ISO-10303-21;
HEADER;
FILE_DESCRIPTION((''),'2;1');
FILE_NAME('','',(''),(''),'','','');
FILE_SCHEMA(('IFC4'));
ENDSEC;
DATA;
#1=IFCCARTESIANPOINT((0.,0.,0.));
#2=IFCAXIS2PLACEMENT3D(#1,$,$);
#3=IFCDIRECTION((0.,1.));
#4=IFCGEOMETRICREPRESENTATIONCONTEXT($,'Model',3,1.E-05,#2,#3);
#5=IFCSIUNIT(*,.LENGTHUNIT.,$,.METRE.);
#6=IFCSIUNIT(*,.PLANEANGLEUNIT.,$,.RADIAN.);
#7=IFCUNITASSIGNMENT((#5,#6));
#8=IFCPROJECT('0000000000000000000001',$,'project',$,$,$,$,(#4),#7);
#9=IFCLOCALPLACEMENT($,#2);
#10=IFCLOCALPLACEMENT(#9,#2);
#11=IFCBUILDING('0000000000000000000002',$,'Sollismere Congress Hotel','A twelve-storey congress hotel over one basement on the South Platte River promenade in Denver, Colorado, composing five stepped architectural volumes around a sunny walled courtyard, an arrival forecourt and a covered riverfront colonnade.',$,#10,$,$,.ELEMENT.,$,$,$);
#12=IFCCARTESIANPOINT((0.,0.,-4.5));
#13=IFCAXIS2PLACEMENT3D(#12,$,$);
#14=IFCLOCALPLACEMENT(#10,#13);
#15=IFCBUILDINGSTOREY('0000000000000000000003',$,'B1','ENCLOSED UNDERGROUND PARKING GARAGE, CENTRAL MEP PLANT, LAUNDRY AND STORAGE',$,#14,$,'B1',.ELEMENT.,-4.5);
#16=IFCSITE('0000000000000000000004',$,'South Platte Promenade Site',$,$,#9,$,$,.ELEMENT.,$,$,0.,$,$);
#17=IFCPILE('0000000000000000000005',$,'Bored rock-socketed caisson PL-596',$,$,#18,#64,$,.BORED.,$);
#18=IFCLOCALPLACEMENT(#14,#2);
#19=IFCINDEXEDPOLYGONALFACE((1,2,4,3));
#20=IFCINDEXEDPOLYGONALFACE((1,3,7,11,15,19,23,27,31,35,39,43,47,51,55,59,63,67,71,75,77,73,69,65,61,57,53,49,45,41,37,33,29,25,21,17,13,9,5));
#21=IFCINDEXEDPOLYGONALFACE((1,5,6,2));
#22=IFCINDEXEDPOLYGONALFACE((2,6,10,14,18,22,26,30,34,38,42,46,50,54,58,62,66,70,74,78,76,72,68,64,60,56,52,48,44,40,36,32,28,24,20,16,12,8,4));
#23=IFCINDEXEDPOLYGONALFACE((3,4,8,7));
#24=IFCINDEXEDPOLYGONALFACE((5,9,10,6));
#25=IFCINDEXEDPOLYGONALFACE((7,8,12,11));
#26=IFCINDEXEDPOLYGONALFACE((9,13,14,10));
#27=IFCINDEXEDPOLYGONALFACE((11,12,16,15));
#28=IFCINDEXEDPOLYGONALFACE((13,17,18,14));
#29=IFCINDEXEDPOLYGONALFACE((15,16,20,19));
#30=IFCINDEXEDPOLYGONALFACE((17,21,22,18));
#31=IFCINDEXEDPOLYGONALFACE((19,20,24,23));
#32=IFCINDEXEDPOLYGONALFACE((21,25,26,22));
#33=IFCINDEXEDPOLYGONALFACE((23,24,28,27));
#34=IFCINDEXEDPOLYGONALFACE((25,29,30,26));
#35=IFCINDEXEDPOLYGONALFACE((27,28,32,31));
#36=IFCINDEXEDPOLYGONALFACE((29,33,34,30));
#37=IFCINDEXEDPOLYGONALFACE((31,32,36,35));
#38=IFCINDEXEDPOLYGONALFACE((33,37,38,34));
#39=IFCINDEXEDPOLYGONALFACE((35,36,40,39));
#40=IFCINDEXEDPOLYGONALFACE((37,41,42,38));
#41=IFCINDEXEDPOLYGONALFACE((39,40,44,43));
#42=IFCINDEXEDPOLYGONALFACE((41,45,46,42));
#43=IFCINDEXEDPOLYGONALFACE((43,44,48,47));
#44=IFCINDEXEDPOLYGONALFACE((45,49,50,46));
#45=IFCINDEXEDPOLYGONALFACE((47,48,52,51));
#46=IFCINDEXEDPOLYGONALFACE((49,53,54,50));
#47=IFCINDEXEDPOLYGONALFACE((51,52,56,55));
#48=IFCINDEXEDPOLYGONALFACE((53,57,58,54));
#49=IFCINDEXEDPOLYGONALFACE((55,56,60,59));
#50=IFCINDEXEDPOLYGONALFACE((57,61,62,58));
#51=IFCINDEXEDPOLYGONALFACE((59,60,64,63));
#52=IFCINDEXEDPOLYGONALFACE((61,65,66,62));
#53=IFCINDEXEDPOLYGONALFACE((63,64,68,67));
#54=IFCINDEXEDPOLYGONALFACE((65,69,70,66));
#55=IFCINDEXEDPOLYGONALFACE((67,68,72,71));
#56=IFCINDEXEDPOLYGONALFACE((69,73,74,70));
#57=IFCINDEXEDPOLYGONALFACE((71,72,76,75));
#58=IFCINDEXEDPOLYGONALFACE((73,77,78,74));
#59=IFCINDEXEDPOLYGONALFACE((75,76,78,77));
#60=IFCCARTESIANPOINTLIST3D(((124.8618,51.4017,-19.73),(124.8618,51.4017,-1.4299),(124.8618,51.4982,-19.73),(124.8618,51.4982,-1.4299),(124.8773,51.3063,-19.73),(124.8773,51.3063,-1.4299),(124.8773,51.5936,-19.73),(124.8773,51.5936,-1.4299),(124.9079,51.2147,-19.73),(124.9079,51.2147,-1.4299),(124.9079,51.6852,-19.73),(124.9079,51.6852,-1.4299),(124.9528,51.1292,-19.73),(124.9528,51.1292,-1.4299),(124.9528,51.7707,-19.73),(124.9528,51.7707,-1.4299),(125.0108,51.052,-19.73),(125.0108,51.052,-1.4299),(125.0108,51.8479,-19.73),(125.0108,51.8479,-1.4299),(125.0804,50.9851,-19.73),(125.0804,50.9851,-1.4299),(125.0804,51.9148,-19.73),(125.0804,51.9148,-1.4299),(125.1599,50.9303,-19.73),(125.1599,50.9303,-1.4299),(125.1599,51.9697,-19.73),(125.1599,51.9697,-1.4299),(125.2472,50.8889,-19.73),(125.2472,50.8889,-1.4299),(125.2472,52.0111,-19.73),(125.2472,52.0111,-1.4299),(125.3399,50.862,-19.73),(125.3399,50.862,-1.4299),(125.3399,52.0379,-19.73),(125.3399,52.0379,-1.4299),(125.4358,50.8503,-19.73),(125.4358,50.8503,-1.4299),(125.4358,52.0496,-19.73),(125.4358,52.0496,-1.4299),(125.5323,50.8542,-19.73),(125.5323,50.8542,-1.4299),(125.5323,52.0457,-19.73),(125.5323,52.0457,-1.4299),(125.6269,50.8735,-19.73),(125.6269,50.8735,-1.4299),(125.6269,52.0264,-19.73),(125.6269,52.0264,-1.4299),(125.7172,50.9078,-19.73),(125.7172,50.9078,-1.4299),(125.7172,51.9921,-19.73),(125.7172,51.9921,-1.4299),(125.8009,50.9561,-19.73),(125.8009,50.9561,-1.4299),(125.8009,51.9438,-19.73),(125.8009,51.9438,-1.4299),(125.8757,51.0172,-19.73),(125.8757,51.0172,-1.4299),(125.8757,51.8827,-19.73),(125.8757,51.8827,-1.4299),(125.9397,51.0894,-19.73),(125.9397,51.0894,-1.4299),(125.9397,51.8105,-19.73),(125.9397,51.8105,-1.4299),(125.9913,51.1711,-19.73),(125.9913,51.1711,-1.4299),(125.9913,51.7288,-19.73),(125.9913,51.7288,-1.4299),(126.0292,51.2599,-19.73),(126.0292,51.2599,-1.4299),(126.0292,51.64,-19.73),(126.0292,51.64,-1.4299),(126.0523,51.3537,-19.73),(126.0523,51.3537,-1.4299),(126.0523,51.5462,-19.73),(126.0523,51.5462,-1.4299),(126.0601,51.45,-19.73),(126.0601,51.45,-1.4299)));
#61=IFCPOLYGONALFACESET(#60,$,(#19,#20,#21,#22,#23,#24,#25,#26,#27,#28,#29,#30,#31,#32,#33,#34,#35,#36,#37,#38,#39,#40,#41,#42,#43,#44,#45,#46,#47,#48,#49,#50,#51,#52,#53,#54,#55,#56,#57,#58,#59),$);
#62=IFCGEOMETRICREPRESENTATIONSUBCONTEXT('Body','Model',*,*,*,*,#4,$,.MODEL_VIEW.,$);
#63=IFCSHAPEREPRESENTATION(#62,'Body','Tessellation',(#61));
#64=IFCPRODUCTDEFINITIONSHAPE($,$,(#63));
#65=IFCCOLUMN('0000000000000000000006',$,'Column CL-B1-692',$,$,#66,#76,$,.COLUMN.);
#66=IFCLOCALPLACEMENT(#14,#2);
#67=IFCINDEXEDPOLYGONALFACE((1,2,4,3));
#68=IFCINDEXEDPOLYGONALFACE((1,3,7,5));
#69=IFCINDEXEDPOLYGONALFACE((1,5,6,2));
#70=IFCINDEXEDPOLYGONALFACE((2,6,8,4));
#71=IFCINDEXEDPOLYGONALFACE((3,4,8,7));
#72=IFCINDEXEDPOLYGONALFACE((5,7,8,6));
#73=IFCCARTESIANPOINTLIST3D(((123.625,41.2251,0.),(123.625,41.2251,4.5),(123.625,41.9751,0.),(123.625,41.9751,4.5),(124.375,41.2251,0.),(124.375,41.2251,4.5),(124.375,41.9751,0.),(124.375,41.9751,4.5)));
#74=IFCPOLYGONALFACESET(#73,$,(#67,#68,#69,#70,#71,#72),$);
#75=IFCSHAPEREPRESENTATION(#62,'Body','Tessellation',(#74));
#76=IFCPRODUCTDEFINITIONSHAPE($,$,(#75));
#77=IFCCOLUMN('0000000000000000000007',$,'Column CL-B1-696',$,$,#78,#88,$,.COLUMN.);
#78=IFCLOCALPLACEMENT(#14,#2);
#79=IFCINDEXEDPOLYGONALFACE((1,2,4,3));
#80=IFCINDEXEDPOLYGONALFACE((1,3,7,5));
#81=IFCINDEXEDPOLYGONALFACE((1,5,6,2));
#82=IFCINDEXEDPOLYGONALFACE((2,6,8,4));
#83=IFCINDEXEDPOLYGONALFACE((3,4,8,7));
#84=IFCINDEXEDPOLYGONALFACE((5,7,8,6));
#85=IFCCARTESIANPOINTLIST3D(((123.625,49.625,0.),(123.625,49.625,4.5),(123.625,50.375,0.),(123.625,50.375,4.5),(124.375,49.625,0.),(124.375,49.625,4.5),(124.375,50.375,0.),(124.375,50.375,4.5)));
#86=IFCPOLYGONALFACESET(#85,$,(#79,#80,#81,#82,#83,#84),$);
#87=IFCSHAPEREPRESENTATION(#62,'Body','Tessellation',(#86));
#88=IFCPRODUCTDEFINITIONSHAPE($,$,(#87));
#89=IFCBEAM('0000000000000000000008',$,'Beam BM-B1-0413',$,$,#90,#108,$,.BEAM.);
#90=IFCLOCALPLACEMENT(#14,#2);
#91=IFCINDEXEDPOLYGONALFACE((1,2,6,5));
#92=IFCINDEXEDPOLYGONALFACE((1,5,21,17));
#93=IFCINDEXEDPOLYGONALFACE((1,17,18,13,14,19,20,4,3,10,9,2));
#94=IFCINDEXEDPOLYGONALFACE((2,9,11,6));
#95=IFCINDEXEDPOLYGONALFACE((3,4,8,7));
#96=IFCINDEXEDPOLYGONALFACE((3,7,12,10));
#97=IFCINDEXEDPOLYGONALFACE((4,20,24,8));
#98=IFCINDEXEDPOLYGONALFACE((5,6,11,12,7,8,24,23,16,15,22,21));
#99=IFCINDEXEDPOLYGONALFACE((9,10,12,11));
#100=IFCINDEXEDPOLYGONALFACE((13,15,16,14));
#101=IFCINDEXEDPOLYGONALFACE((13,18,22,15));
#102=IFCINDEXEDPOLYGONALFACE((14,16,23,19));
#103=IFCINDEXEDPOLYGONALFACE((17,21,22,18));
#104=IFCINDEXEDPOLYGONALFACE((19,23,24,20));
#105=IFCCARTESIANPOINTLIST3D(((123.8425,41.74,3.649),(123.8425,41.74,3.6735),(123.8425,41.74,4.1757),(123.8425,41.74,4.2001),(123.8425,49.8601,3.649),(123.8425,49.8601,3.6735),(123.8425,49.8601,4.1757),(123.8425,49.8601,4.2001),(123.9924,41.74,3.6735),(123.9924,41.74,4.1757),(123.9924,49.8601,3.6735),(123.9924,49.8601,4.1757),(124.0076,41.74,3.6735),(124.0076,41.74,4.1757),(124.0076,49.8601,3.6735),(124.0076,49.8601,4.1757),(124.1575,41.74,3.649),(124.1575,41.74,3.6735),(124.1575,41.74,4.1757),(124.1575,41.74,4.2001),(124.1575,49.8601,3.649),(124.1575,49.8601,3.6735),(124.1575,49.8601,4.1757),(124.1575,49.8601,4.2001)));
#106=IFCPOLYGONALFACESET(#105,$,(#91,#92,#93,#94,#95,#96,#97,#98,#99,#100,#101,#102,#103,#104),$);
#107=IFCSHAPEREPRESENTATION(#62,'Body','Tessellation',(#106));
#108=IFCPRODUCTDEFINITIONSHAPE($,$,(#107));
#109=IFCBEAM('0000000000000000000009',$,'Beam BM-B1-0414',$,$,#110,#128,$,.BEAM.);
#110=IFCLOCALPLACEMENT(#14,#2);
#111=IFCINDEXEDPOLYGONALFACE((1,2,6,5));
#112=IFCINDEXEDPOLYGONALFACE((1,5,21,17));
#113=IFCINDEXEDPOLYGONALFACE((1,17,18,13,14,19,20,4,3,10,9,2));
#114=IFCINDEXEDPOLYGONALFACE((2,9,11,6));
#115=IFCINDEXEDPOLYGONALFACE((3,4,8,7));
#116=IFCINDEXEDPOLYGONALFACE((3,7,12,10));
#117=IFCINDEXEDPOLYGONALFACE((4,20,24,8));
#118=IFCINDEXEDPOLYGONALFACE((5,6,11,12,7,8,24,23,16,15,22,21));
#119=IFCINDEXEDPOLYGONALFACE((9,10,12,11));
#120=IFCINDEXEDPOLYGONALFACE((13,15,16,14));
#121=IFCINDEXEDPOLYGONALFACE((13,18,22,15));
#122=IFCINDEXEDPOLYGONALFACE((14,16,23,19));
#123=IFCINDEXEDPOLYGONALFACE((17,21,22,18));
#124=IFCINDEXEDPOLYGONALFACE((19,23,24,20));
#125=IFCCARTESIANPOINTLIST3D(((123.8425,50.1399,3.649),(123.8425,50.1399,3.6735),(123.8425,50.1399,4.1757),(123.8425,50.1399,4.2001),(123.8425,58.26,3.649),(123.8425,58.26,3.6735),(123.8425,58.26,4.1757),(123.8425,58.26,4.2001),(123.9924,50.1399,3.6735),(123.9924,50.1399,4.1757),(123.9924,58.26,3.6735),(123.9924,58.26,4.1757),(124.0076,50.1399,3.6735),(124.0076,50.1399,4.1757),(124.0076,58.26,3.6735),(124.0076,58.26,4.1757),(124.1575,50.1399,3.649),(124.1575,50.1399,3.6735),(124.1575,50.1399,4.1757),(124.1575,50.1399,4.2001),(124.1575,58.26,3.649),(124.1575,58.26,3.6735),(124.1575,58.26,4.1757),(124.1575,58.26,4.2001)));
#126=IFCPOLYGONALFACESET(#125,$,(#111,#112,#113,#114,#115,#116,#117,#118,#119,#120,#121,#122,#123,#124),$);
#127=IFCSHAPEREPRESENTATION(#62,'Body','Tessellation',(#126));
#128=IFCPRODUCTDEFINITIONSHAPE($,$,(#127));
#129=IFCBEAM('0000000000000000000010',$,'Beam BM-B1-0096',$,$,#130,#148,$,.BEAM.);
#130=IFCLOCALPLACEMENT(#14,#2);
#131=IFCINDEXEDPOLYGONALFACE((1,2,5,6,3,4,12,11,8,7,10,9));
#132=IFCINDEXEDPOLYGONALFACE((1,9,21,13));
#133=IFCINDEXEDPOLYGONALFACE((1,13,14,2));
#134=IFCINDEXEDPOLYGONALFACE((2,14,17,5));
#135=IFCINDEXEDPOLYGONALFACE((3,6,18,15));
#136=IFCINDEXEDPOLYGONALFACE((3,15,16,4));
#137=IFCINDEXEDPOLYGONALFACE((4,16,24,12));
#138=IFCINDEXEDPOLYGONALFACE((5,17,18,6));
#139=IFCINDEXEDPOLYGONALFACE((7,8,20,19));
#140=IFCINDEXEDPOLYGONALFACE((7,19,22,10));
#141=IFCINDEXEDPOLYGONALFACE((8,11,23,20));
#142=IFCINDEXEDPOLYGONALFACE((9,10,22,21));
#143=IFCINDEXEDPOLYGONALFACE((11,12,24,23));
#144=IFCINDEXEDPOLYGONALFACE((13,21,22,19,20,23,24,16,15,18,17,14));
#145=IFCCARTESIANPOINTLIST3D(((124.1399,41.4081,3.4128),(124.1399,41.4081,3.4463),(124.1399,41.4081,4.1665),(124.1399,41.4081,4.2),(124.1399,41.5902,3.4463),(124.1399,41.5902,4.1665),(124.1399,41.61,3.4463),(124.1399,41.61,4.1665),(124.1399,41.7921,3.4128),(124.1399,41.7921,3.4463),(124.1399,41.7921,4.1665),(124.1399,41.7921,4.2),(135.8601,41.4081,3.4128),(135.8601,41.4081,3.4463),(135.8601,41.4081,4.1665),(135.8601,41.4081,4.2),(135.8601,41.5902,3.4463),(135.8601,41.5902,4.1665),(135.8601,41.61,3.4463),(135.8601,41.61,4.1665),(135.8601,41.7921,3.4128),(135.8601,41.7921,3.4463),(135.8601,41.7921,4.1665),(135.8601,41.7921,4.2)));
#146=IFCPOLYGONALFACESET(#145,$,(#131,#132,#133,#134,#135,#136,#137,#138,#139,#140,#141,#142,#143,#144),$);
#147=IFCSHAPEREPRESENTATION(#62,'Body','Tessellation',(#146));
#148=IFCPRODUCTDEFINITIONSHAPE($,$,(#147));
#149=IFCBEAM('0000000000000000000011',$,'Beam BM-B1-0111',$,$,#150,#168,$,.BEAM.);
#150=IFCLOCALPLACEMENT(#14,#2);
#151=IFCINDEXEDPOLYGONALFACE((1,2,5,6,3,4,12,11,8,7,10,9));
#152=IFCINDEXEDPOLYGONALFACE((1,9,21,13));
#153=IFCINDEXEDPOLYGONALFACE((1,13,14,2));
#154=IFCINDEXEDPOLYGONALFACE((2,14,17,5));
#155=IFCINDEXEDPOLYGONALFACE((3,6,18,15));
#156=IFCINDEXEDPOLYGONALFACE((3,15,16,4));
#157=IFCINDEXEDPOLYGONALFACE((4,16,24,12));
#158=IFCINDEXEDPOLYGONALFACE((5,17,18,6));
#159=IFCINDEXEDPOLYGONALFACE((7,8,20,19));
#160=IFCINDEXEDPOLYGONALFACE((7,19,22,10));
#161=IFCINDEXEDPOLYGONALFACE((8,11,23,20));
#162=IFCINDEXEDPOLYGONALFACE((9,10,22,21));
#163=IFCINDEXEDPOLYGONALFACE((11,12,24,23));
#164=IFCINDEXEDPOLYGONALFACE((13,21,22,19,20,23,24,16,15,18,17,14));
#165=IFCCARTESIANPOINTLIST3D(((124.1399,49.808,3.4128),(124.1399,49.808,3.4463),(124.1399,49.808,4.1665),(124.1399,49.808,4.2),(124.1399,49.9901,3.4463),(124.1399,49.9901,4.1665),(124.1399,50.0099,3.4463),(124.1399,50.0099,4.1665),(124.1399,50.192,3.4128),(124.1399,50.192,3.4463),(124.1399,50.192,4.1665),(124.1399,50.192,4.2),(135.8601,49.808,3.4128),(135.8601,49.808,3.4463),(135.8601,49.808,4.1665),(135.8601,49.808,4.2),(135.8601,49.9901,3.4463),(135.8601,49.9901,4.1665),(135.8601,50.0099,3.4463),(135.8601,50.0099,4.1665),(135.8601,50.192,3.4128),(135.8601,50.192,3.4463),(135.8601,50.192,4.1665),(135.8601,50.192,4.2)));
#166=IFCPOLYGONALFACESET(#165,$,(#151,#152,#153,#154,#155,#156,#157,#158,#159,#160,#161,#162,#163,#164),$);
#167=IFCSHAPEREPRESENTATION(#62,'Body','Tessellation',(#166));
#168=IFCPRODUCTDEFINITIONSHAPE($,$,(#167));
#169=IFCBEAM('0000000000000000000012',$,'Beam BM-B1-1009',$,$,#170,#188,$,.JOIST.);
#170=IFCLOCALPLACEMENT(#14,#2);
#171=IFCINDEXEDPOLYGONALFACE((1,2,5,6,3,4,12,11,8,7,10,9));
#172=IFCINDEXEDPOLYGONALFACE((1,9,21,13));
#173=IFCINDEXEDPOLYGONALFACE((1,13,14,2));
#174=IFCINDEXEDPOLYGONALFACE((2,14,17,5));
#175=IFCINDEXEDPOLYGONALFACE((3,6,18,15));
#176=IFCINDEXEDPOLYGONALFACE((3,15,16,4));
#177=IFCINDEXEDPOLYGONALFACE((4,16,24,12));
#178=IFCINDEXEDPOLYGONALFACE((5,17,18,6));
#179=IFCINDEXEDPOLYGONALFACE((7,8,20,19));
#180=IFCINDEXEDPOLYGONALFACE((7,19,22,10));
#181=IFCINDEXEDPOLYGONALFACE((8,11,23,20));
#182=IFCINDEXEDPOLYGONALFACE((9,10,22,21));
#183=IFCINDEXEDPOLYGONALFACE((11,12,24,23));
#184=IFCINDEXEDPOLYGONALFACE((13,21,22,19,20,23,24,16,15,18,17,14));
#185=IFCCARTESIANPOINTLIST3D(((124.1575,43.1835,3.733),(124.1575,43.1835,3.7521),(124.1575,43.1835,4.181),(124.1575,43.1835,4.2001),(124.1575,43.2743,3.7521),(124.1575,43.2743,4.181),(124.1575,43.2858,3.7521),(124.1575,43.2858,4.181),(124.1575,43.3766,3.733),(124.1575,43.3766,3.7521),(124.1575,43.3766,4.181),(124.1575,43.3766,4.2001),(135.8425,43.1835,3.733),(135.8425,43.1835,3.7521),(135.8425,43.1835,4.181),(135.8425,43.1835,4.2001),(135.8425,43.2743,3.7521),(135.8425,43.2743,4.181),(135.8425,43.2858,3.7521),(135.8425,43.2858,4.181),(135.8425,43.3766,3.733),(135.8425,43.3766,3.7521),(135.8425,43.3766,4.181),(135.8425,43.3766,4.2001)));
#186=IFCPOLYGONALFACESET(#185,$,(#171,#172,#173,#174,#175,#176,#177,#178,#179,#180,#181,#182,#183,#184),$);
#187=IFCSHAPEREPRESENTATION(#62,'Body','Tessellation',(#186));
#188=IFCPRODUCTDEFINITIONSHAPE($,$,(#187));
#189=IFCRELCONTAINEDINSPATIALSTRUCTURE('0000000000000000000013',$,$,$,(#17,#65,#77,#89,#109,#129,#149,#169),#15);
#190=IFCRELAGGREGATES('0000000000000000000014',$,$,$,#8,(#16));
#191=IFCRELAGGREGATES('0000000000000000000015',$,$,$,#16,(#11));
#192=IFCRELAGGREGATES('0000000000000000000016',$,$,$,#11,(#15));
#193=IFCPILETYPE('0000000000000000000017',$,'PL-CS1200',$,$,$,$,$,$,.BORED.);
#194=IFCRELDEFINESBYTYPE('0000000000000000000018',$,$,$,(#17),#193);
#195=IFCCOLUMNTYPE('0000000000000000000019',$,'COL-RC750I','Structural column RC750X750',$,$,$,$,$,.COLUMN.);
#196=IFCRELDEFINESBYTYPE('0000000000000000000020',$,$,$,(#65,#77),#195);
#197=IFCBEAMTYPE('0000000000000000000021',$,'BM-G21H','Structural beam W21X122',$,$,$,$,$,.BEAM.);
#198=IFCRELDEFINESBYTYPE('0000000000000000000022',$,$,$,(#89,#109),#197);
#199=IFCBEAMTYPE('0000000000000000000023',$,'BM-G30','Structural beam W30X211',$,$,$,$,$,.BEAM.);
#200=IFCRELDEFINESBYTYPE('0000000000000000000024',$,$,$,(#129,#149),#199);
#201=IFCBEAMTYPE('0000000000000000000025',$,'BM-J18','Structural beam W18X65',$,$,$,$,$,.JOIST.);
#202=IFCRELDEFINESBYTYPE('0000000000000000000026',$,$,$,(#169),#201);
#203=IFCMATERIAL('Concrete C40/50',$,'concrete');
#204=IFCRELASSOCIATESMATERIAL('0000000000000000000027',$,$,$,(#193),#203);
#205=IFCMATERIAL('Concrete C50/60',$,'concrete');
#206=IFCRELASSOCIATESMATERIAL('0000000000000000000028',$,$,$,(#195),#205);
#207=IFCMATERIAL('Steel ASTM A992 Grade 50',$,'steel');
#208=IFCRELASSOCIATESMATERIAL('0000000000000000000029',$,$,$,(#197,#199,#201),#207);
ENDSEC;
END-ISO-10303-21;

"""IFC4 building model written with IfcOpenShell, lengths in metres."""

from ifc_helpers import new_model, si_unit, direction, frame, origin, origin_2d, place, context, subcontext, project, spatial, rectangle, circle, i_section, extrude, material, material_profile, profile_set, type_object, element, save


model = new_model("IFC4")

# Units and contexts
model_context = context("Model", 3, precision=1e-05, world=origin(), true_north=direction((0.0, 1.0)))
body_context = subcontext(model_context, "Body", "Model", "MODEL_VIEW")
ifc_project = project(units=[si_unit("LENGTHUNIT", "METRE"), si_unit("PLANEANGLEUNIT", "RADIAN")], contexts=[model_context])

# Site, building, storey
site_placement = place(None, origin())
site = spatial("IfcSite", under=ifc_project, at=site_placement, Name="South Platte Promenade Site", CompositionType="ELEMENT", RefElevation=0.0)
building_placement = place(site_placement, origin())
building = spatial("IfcBuilding", under=site, at=building_placement, Name="Sollismere Congress Hotel", Description="A twelve-storey congress hotel over one basement on the South Platte River promenade in Denver, Colorado, composing five stepped architectural volumes around a sunny walled courtyard, an arrival forecourt and a covered riverfront colonnade.", CompositionType="ELEMENT")
storey_placement = place(building_placement, frame((0.0, 0.0, -4.5)))
storey = spatial("IfcBuildingStorey", under=building, at=storey_placement, Name="B1", Description="ENCLOSED UNDERGROUND PARKING GARAGE, CENTRAL MEP PLANT, LAUNDRY AND STORAGE", LongName="B1", CompositionType="ELEMENT", Elevation=-4.5)

# Shared definitions
ifc_material_1 = material(Name="Concrete C40/50", Category="concrete")

# Pile
ifc_material_profile_1 = material_profile(ifc_material_1, circle(Radius=0.6001, at=origin_2d()), Name="CAISSON1200")
ifc_profile_set_1 = profile_set([ifc_material_profile_1], Name="Concrete C40/50")
pile_type = type_object("IfcPileType", Name="PL-CS1200", PredefinedType="BORED", material=ifc_profile_set_1)
for number, where, z_axis, x_axis, name in (
    (1, (125.46, 51.45, -1.4299), (0.0, 0.0, -1.0), (1.0, 0.0, 0.0), "Bored rock-socketed caisson PL-596"),
):
    element("IfcPile", number, at=place(storey_placement, frame(where, z_axis=z_axis, x_axis=x_axis)), inside=storey, type_object=pile_type, Name=name, PredefinedType="BORED", context=body_context, shape_type="SweptSolid", body=[
        extrude(circle(Radius=0.6001, at=origin_2d()), origin(), (0.0, 0.0, 1.0), 18.3),
    ])

# Columns
ifc_material_2 = material(Name="Concrete C50/60", Category="concrete")
ifc_material_profile_2 = material_profile(ifc_material_2, rectangle(XDim=0.75, YDim=0.75, at=origin_2d()), Name="RC750X750")
ifc_profile_set_2 = profile_set([ifc_material_profile_2], Name="Concrete C50/60")
column_type = type_object("IfcColumnType", Name="COL-RC750I", Description="Structural column RC750X750", PredefinedType="COLUMN", material=ifc_profile_set_2)
for number, where, z_axis, x_axis, name in (
    (2, (124.0, 41.6001, 0.0), (0.0, 0.0, 1.0), (1.0, 0.0, 0.0), "Column CL-B1-692"),
    (3, (124.0, 50.0, 0.0), (0.0, 0.0, 1.0), (1.0, 0.0, 0.0), "Column CL-B1-696"),
):
    element("IfcColumn", number, at=place(storey_placement, frame(where, z_axis=z_axis, x_axis=x_axis)), inside=storey, type_object=column_type, Name=name, PredefinedType="COLUMN", context=body_context, shape_type="SweptSolid", body=[
        extrude(rectangle(XDim=0.75, YDim=0.75, at=origin_2d()), origin(), (0.0, 0.0, 1.0), 4.5),
    ])

# Beams
ifc_material_3 = material(Name="Steel ASTM A992 Grade 50", Category="steel")
ifc_material_profile_3 = material_profile(ifc_material_3, i_section(OverallWidth=0.3149, OverallDepth=0.551, WebThickness=0.0151, FlangeThickness=0.0244, at=origin_2d()), Name="W21X122")
ifc_profile_set_3 = profile_set([ifc_material_profile_3], Name="Steel ASTM A992 Grade 50")
beam_type_1 = type_object("IfcBeamType", Name="BM-G21H", Description="Structural beam W21X122", PredefinedType="BEAM", material=ifc_profile_set_3)
for number, where, z_axis, x_axis, name in (
    (4, (124.0, 41.74, 3.9246), (0.0, 1.0, 0.0), (-1.0, 0.0, 0.0), "Beam BM-B1-0413"),
    (5, (124.0, 50.1399, 3.9246), (0.0, 1.0, 0.0), (-1.0, 0.0, 0.0), "Beam BM-B1-0414"),
):
    element("IfcBeam", number, at=place(storey_placement, frame(where, z_axis=z_axis, x_axis=x_axis)), inside=storey, type_object=beam_type_1, Name=name, PredefinedType="BEAM", context=body_context, shape_type="SweptSolid", body=[
        extrude(i_section(OverallWidth=0.3149, OverallDepth=0.551, WebThickness=0.0151, FlangeThickness=0.0244, at=origin_2d()), origin(), (0.0, 0.0, 1.0), 8.1201),
    ])
ifc_material_profile_4 = material_profile(ifc_material_3, i_section(OverallWidth=0.384, OverallDepth=0.7871, WebThickness=0.0198, FlangeThickness=0.0334, at=origin_2d()), Name="W30X211")
ifc_profile_set_4 = profile_set([ifc_material_profile_4], Name="Steel ASTM A992 Grade 50")
beam_type_2 = type_object("IfcBeamType", Name="BM-G30", Description="Structural beam W30X211", PredefinedType="BEAM", material=ifc_profile_set_4)
for number, where, z_axis, x_axis, name in (
    (6, (124.1399, 41.6001, 3.8064), (1.0, 0.0, 0.0), (0.0, 1.0, 0.0), "Beam BM-B1-0096"),
    (7, (124.1399, 50.0, 3.8064), (1.0, 0.0, 0.0), (0.0, 1.0, 0.0), "Beam BM-B1-0111"),
):
    element("IfcBeam", number, at=place(storey_placement, frame(where, z_axis=z_axis, x_axis=x_axis)), inside=storey, type_object=beam_type_2, Name=name, PredefinedType="BEAM", context=body_context, shape_type="SweptSolid", body=[
        extrude(i_section(OverallWidth=0.384, OverallDepth=0.7871, WebThickness=0.0198, FlangeThickness=0.0334, at=origin_2d()), origin(), (0.0, 0.0, 1.0), 11.7202),
    ])
ifc_material_profile_5 = material_profile(ifc_material_3, i_section(OverallWidth=0.1931, OverallDepth=0.467, WebThickness=0.0115, FlangeThickness=0.019, at=origin_2d()), Name="W18X65")
ifc_profile_set_5 = profile_set([ifc_material_profile_5], Name="Steel ASTM A992 Grade 50")
beam_type_3 = type_object("IfcBeamType", Name="BM-J18", Description="Structural beam W18X65", PredefinedType="JOIST", material=ifc_profile_set_5)
for number, where, z_axis, x_axis, name in (
    (8, (124.1575, 43.28, 3.9666), (1.0, 0.0, 0.0), (0.0, 1.0, 0.0), "Beam BM-B1-1009"),
):
    element("IfcBeam", number, at=place(storey_placement, frame(where, z_axis=z_axis, x_axis=x_axis)), inside=storey, type_object=beam_type_3, Name=name, PredefinedType="JOIST", context=body_context, shape_type="SweptSolid", body=[
        extrude(i_section(OverallWidth=0.1931, OverallDepth=0.467, WebThickness=0.0115, FlangeThickness=0.019, at=origin_2d()), origin(), (0.0, 0.0, 1.0), 11.6851),
    ])

save(model, "model.ifc")
